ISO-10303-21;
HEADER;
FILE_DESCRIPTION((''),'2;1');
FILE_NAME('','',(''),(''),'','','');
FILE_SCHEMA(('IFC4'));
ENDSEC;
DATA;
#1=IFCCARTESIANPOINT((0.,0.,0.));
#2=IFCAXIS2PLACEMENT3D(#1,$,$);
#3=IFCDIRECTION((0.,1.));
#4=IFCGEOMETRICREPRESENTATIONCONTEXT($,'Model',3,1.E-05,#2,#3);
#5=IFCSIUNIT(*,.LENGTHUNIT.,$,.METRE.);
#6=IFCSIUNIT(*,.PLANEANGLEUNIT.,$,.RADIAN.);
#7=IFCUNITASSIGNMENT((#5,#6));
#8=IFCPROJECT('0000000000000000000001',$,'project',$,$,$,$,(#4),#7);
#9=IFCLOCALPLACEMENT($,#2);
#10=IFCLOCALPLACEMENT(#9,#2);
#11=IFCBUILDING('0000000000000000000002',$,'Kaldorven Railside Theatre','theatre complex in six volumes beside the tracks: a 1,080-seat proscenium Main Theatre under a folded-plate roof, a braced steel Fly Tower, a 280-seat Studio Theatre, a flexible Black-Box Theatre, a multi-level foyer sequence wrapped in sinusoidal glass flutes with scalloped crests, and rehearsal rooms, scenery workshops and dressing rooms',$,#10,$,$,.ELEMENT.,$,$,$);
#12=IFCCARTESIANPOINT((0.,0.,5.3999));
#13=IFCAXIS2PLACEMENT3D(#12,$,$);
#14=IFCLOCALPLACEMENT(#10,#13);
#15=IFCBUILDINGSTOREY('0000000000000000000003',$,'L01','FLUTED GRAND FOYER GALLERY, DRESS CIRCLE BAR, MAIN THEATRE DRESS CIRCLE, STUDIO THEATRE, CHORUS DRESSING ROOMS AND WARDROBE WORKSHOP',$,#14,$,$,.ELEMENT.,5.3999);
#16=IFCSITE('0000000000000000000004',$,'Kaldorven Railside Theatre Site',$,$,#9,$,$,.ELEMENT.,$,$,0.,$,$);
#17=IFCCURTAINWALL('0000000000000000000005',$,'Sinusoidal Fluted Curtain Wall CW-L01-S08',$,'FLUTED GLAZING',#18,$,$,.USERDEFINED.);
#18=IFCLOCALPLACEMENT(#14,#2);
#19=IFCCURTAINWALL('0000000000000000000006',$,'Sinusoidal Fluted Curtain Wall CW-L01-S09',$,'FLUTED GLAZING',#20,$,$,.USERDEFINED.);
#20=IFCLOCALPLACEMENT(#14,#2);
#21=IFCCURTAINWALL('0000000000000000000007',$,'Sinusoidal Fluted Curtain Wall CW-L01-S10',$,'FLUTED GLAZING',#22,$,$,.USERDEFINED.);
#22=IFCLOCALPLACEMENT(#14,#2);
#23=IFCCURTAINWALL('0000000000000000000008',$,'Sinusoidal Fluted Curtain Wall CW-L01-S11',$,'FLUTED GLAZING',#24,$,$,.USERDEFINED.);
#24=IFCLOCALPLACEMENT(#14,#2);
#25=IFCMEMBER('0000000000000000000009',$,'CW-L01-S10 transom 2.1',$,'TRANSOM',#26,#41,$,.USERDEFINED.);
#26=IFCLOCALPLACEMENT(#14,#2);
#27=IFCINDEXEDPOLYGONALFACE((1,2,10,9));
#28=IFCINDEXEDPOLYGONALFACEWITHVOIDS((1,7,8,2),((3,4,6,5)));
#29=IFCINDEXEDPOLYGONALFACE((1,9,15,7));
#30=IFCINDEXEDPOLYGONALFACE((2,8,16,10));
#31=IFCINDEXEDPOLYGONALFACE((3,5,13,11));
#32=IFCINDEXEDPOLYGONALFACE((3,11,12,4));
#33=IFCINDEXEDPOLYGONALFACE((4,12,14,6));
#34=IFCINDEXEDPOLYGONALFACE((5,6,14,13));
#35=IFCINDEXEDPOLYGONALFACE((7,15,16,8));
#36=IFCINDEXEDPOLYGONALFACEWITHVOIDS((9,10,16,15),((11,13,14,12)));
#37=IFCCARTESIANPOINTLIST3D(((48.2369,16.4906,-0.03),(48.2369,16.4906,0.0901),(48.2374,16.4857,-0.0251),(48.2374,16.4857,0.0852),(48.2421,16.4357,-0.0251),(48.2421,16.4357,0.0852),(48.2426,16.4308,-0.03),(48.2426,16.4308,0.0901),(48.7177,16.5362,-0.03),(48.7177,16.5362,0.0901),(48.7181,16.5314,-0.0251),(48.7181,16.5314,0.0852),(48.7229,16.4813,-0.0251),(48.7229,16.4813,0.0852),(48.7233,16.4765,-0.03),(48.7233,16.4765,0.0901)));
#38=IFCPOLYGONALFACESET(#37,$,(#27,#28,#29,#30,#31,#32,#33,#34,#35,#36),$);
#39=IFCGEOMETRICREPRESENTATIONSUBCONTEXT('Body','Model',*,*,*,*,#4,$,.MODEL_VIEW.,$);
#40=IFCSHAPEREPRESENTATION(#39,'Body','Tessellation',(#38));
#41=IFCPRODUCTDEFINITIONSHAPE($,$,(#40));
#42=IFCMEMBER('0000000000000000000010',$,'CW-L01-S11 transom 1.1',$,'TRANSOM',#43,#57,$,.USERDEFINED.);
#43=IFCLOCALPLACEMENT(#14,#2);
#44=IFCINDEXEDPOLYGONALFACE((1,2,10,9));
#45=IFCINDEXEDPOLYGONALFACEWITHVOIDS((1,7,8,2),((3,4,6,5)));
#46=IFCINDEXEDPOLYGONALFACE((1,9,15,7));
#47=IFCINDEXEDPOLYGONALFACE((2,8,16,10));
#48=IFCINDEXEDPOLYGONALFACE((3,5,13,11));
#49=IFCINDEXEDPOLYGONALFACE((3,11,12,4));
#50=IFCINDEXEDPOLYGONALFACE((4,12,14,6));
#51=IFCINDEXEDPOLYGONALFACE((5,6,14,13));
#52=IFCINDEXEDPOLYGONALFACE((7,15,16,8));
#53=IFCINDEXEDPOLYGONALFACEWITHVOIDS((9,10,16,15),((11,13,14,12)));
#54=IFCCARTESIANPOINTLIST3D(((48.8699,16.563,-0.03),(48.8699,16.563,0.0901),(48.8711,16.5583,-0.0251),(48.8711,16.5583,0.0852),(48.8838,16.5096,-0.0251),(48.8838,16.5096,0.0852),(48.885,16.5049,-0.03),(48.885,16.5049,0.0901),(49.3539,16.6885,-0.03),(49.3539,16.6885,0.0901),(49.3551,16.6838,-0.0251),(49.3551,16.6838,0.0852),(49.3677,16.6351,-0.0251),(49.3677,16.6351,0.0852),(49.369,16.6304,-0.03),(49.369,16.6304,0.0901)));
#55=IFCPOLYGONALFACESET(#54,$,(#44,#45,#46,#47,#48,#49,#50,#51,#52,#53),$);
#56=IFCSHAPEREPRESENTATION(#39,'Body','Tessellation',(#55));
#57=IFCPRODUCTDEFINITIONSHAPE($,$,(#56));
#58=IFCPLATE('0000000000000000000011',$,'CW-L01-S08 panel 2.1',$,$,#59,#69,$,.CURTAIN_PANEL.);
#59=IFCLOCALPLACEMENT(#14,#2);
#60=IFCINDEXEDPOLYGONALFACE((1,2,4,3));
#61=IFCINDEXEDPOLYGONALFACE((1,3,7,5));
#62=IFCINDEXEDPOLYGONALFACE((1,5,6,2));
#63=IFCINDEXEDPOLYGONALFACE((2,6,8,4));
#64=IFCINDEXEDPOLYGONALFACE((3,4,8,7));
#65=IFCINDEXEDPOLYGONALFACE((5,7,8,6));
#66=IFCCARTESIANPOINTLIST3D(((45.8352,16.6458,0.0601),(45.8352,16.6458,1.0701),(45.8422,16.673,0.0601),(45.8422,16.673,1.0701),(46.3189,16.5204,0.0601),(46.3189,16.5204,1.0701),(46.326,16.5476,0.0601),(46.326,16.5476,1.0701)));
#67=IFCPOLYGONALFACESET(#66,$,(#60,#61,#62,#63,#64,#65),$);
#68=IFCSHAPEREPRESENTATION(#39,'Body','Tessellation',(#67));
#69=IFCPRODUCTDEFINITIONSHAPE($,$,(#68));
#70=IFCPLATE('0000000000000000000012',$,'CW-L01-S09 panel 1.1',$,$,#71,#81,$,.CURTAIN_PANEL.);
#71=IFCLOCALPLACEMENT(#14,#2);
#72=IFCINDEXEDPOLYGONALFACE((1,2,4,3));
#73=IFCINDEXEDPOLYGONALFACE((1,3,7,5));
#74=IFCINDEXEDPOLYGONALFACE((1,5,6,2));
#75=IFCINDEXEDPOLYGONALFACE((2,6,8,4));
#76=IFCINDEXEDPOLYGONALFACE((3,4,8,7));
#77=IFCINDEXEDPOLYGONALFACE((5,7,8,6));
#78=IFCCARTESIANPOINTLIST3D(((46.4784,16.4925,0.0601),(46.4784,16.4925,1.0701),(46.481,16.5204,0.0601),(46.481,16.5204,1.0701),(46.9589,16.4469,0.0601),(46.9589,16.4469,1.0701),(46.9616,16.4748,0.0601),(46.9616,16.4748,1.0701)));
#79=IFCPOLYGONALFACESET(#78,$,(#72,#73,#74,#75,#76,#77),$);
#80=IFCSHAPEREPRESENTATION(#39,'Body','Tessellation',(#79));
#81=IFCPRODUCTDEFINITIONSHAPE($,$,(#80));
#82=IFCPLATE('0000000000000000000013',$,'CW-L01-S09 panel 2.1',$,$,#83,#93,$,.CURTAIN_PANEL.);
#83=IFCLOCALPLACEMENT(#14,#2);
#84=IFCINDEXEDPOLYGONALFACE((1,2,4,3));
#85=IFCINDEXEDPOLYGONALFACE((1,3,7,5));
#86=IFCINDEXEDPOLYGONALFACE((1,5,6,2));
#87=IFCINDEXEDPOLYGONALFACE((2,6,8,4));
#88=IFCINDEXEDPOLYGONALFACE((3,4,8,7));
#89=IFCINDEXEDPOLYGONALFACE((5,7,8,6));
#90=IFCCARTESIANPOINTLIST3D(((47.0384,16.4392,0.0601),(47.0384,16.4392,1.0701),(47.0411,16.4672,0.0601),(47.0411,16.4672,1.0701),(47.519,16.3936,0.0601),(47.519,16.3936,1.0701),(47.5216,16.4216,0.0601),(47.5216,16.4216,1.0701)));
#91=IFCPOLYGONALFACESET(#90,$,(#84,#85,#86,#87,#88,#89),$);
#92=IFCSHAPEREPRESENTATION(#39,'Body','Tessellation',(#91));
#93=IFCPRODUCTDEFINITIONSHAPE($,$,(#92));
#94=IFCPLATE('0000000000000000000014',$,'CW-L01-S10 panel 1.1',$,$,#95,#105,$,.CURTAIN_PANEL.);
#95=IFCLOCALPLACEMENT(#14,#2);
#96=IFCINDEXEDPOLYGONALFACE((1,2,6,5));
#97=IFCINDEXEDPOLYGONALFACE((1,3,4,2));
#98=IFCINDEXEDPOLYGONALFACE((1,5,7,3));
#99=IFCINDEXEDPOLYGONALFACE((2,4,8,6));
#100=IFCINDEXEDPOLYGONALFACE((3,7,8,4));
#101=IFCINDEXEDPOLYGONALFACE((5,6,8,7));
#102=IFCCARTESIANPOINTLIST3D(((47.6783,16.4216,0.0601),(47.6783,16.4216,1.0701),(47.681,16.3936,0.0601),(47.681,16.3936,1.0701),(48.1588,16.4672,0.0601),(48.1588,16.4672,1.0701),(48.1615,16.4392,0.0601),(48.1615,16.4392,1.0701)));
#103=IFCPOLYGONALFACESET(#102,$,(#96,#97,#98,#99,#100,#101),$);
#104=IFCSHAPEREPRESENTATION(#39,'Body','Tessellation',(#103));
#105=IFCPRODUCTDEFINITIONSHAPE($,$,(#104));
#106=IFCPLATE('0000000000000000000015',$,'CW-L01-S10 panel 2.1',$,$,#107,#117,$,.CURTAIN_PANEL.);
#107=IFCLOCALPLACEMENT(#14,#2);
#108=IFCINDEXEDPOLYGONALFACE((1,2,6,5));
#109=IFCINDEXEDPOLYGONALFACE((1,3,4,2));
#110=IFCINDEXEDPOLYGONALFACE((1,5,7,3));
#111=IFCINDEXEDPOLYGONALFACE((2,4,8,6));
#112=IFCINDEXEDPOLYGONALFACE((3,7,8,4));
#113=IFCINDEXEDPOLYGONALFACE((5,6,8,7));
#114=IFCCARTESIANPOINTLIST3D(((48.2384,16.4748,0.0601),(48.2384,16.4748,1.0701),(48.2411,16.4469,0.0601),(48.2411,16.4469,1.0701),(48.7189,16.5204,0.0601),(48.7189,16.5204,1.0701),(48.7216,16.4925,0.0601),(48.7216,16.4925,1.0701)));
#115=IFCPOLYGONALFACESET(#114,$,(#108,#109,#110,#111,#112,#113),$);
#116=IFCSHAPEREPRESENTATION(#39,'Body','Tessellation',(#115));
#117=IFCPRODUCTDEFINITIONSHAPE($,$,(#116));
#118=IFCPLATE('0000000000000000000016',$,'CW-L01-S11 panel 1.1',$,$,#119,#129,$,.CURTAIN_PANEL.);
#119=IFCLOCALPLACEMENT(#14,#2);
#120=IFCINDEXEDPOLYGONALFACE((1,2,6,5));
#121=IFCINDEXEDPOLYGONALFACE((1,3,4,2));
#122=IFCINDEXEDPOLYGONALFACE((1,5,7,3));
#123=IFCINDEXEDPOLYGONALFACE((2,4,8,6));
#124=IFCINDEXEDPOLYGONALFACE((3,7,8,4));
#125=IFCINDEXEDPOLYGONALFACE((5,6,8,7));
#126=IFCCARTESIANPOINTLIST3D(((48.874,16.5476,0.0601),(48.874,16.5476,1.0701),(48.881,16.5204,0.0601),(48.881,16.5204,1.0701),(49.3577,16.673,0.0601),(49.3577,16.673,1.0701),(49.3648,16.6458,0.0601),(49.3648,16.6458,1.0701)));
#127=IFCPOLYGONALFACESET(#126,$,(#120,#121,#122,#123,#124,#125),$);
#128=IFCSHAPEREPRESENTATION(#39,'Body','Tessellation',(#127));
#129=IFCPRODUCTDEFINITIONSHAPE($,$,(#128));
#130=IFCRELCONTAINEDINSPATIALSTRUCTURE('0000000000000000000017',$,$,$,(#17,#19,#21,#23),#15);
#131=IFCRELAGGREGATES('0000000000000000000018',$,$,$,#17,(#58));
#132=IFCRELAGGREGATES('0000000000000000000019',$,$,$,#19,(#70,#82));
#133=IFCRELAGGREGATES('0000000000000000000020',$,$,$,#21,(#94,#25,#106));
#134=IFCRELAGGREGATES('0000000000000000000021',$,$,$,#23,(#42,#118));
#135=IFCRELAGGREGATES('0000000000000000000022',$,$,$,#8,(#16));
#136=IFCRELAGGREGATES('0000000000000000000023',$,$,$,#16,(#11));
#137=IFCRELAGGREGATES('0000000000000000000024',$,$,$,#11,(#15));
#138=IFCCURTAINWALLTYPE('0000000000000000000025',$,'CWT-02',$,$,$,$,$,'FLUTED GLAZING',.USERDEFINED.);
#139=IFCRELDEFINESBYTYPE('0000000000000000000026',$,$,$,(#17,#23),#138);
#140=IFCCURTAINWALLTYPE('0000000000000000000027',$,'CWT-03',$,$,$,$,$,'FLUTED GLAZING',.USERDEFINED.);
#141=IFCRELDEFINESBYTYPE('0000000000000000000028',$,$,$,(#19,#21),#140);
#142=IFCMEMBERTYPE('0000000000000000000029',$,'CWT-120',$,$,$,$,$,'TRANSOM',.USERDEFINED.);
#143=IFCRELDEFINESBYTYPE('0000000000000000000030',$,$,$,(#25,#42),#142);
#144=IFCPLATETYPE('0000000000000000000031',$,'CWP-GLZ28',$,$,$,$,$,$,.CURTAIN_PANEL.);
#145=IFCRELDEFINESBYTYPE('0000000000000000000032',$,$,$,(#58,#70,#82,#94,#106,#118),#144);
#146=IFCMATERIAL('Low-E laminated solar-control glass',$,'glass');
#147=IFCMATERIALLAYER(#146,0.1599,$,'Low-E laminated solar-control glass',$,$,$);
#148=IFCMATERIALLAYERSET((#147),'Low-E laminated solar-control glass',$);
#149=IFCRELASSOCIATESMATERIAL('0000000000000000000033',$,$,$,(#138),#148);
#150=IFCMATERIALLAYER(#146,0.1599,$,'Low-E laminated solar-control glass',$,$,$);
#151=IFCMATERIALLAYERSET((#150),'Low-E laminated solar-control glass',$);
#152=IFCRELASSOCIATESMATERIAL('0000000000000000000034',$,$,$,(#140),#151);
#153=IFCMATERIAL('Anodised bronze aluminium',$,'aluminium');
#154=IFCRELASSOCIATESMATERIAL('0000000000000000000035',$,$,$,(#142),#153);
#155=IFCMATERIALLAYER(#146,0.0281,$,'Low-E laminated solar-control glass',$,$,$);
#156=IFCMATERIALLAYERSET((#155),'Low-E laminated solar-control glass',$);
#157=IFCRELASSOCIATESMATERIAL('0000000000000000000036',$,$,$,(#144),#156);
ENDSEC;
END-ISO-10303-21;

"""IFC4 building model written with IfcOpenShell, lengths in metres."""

from ifc_helpers import new_model, si_unit, direction, frame, origin, origin_2d, place, context, subcontext, project, spatial, rectangle, hollow_rectangle, extrude, material, layer, layer_set, material_profile, profile_set, type_object, element, aggregate, save


model = new_model("IFC4")

# Units and contexts
model_context = context("Model", 3, precision=1e-05, world=origin(), true_north=direction((0.0, 1.0)))
body_context = subcontext(model_context, "Body", "Model", "MODEL_VIEW")
ifc_project = project(units=[si_unit("LENGTHUNIT", "METRE"), si_unit("PLANEANGLEUNIT", "RADIAN")], contexts=[model_context])

# Site, building, storey
site_placement = place(None, origin())
site = spatial("IfcSite", under=ifc_project, at=site_placement, Name="Kaldorven Railside Theatre Site", CompositionType="ELEMENT", RefElevation=0.0)
building_placement = place(site_placement, origin())
building = spatial("IfcBuilding", under=site, at=building_placement, Name="Kaldorven Railside Theatre", Description="theatre complex in six volumes beside the tracks: a 1,080-seat proscenium Main Theatre under a folded-plate roof, a braced steel Fly Tower, a 280-seat Studio Theatre, a flexible Black-Box Theatre, a multi-level foyer sequence wrapped in sinusoidal glass flutes with scalloped crests, and rehearsal rooms, scenery workshops and dressing rooms", CompositionType="ELEMENT")
storey_placement = place(building_placement, frame((0.0, 0.0, 5.3999)))
storey = spatial("IfcBuildingStorey", under=building, at=storey_placement, Name="L01", Description="FLUTED GRAND FOYER GALLERY, DRESS CIRCLE BAR, MAIN THEATRE DRESS CIRCLE, STUDIO THEATRE, CHORUS DRESSING ROOMS AND WARDROBE WORKSHOP", CompositionType="ELEMENT", Elevation=5.3999)

# Curtain walls
ifc_material_1 = material(Name="Low-E laminated solar-control glass", Category="glass")
ifc_layer_1 = layer(ifc_material_1, 0.1599, Name="Low-E laminated solar-control glass")
ifc_layer_set_1 = layer_set([ifc_layer_1], Name="Low-E laminated solar-control glass")
curtain_wall_type_1 = type_object("IfcCurtainWallType", Name="CWT-02", ElementType="FLUTED GLAZING", PredefinedType="USERDEFINED", material=ifc_layer_set_1)
curtain_wall_1_placement = place(storey_placement, origin())
curtain_wall_1 = element("IfcCurtainWall", 1, at=curtain_wall_1_placement, inside=storey, type_object=curtain_wall_type_1, Name="Sinusoidal Fluted Curtain Wall CW-L01-S08", ObjectType="FLUTED GLAZING", PredefinedType="USERDEFINED")
ifc_material_2 = material(Name="Anodised bronze aluminium", Category="aluminium")
ifc_layer_2 = layer(ifc_material_1, 0.1599, Name="Low-E laminated solar-control glass")
ifc_layer_set_2 = layer_set([ifc_layer_2], Name="Low-E laminated solar-control glass")
curtain_wall_type_2 = type_object("IfcCurtainWallType", Name="CWT-03", ElementType="FLUTED GLAZING", PredefinedType="USERDEFINED", material=ifc_layer_set_2)
curtain_wall_2_placement = place(storey_placement, origin())
curtain_wall_2 = element("IfcCurtainWall", 2, at=curtain_wall_2_placement, inside=storey, type_object=curtain_wall_type_2, Name="Sinusoidal Fluted Curtain Wall CW-L01-S09", ObjectType="FLUTED GLAZING", PredefinedType="USERDEFINED")
curtain_wall_3_placement = place(storey_placement, origin())
curtain_wall_3 = element("IfcCurtainWall", 3, at=curtain_wall_3_placement, inside=storey, type_object=curtain_wall_type_2, Name="Sinusoidal Fluted Curtain Wall CW-L01-S10", ObjectType="FLUTED GLAZING", PredefinedType="USERDEFINED")

# Curtain wall
curtain_wall_4_placement = place(storey_placement, origin())
curtain_wall_4 = element("IfcCurtainWall", 4, at=curtain_wall_4_placement, inside=storey, type_object=curtain_wall_type_1, Name="Sinusoidal Fluted Curtain Wall CW-L01-S11", ObjectType="FLUTED GLAZING", PredefinedType="USERDEFINED")

# Members
ifc_material_profile_1 = material_profile(ifc_material_2, hollow_rectangle(XDim=0.0601, YDim=0.1201, WallThickness=0.0049, at=origin_2d()), Name="RHS 120x60x5")
ifc_profile_set_1 = profile_set([ifc_material_profile_1], Name="Anodised bronze aluminium")
member_type_1 = type_object("IfcMemberType", Name="CWT-120", ElementType="TRANSOM", PredefinedType="USERDEFINED", material=ifc_profile_set_1)
member_1_placement = place(storey_placement, frame((48.2397, 16.4607, 0.03), z_axis=(0.99552, 0.094547, 0.0), x_axis=(-0.094547, 0.99552, 0.0)))
member_1 = element("IfcMember", 5, at=member_1_placement, type_object=member_type_1, Name="CW-L01-S10 transom 2.1", ObjectType="TRANSOM", PredefinedType="USERDEFINED", context=body_context, shape_type="SweptSolid", body=[
    extrude(hollow_rectangle(XDim=0.0601, YDim=0.1201, WallThickness=0.0049, at=origin_2d()), origin(), (0.0, 0.0, 1.0), 0.4829),
])
member_2_placement = place(storey_placement, frame((48.8774, 16.5339, 0.03), z_axis=(0.967979, 0.25103, 0.0), x_axis=(-0.25103, 0.967979, 0.0)))
member_2 = element("IfcMember", 6, at=member_2_placement, type_object=member_type_1, Name="CW-L01-S11 transom 1.1", ObjectType="TRANSOM", PredefinedType="USERDEFINED", context=body_context, shape_type="SweptSolid", body=[
    extrude(hollow_rectangle(XDim=0.0601, YDim=0.1201, WallThickness=0.0049, at=origin_2d()), origin(), (0.0, 0.0, 1.0), 0.5),
])

# Plates
ifc_layer_3 = layer(ifc_material_1, 0.0281, Name="Low-E laminated solar-control glass")
ifc_layer_set_3 = layer_set([ifc_layer_3], Name="Low-E laminated solar-control glass")
plate_type = type_object("IfcPlateType", Name="CWP-GLZ28", PredefinedType="CURTAIN_PANEL", material=ifc_layer_set_3)
plate_1_placement = place(storey_placement, frame((46.0806, 16.5967, 0.0601), z_axis=(0.0, 0.0, 1.0), x_axis=(0.967999, -0.250954, 0.0)))
plate_1 = element("IfcPlate", 7, at=plate_1_placement, type_object=plate_type, Name="CW-L01-S08 panel 2.1", PredefinedType="CURTAIN_PANEL", context=body_context, shape_type="SweptSolid", body=[
    extrude(rectangle(XDim=0.4998, YDim=0.0281, at=origin_2d()), origin(), (0.0, 0.0, 1.0), 1.01),
])
aggregate(curtain_wall_1, [plate_1])
plate_2_placement = place(storey_placement, frame((46.72, 16.4836, 0.0601), z_axis=(0.0, 0.0, 1.0), x_axis=(0.995526, -0.094492, 0.0)))
plate_2 = element("IfcPlate", 8, at=plate_2_placement, type_object=plate_type, Name="CW-L01-S09 panel 1.1", PredefinedType="CURTAIN_PANEL", context=body_context, shape_type="SweptSolid", body=[
    extrude(rectangle(XDim=0.4827, YDim=0.0281, at=origin_2d()), origin(), (0.0, 0.0, 1.0), 1.01),
])
plate_3_placement = place(storey_placement, frame((47.28, 16.4304, 0.0601), z_axis=(0.0, 0.0, 1.0), x_axis=(0.995526, -0.094492, 0.0)))
plate_3 = element("IfcPlate", 9, at=plate_3_placement, type_object=plate_type, Name="CW-L01-S09 panel 2.1", PredefinedType="CURTAIN_PANEL", context=body_context, shape_type="SweptSolid", body=[
    extrude(rectangle(XDim=0.4827, YDim=0.0281, at=origin_2d()), origin(), (0.0, 0.0, 1.0), 1.01),
])
aggregate(curtain_wall_2, [plate_2, plate_3])
plate_4_placement = place(storey_placement, frame((47.9199, 16.4304, 0.0601), z_axis=(0.0, 0.0, 1.0), x_axis=(0.995526, 0.094492, 0.0)))
plate_4 = element("IfcPlate", 10, at=plate_4_placement, type_object=plate_type, Name="CW-L01-S10 panel 1.1", PredefinedType="CURTAIN_PANEL", context=body_context, shape_type="SweptSolid", body=[
    extrude(rectangle(XDim=0.4827, YDim=0.0281, at=origin_2d()), origin(), (0.0, 0.0, 1.0), 1.01),
])
plate_5_placement = place(storey_placement, frame((48.48, 16.4836, 0.0601), z_axis=(0.0, 0.0, 1.0), x_axis=(0.995526, 0.094492, 0.0)))
plate_5 = element("IfcPlate", 11, at=plate_5_placement, type_object=plate_type, Name="CW-L01-S10 panel 2.1", PredefinedType="CURTAIN_PANEL", context=body_context, shape_type="SweptSolid", body=[
    extrude(rectangle(XDim=0.4827, YDim=0.0281, at=origin_2d()), origin(), (0.0, 0.0, 1.0), 1.01),
])
aggregate(curtain_wall_3, [plate_4, member_1, plate_5])
plate_6_placement = place(storey_placement, frame((49.1194, 16.5967, 0.0601), z_axis=(0.0, 0.0, 1.0), x_axis=(0.967999, 0.250954, 0.0)))
plate_6 = element("IfcPlate", 12, at=plate_6_placement, type_object=plate_type, Name="CW-L01-S11 panel 1.1", PredefinedType="CURTAIN_PANEL", context=body_context, shape_type="SweptSolid", body=[
    extrude(rectangle(XDim=0.4998, YDim=0.0281, at=origin_2d()), origin(), (0.0, 0.0, 1.0), 1.01),
])
aggregate(curtain_wall_4, [member_2, plate_6])

save(model, "model.ifc")
